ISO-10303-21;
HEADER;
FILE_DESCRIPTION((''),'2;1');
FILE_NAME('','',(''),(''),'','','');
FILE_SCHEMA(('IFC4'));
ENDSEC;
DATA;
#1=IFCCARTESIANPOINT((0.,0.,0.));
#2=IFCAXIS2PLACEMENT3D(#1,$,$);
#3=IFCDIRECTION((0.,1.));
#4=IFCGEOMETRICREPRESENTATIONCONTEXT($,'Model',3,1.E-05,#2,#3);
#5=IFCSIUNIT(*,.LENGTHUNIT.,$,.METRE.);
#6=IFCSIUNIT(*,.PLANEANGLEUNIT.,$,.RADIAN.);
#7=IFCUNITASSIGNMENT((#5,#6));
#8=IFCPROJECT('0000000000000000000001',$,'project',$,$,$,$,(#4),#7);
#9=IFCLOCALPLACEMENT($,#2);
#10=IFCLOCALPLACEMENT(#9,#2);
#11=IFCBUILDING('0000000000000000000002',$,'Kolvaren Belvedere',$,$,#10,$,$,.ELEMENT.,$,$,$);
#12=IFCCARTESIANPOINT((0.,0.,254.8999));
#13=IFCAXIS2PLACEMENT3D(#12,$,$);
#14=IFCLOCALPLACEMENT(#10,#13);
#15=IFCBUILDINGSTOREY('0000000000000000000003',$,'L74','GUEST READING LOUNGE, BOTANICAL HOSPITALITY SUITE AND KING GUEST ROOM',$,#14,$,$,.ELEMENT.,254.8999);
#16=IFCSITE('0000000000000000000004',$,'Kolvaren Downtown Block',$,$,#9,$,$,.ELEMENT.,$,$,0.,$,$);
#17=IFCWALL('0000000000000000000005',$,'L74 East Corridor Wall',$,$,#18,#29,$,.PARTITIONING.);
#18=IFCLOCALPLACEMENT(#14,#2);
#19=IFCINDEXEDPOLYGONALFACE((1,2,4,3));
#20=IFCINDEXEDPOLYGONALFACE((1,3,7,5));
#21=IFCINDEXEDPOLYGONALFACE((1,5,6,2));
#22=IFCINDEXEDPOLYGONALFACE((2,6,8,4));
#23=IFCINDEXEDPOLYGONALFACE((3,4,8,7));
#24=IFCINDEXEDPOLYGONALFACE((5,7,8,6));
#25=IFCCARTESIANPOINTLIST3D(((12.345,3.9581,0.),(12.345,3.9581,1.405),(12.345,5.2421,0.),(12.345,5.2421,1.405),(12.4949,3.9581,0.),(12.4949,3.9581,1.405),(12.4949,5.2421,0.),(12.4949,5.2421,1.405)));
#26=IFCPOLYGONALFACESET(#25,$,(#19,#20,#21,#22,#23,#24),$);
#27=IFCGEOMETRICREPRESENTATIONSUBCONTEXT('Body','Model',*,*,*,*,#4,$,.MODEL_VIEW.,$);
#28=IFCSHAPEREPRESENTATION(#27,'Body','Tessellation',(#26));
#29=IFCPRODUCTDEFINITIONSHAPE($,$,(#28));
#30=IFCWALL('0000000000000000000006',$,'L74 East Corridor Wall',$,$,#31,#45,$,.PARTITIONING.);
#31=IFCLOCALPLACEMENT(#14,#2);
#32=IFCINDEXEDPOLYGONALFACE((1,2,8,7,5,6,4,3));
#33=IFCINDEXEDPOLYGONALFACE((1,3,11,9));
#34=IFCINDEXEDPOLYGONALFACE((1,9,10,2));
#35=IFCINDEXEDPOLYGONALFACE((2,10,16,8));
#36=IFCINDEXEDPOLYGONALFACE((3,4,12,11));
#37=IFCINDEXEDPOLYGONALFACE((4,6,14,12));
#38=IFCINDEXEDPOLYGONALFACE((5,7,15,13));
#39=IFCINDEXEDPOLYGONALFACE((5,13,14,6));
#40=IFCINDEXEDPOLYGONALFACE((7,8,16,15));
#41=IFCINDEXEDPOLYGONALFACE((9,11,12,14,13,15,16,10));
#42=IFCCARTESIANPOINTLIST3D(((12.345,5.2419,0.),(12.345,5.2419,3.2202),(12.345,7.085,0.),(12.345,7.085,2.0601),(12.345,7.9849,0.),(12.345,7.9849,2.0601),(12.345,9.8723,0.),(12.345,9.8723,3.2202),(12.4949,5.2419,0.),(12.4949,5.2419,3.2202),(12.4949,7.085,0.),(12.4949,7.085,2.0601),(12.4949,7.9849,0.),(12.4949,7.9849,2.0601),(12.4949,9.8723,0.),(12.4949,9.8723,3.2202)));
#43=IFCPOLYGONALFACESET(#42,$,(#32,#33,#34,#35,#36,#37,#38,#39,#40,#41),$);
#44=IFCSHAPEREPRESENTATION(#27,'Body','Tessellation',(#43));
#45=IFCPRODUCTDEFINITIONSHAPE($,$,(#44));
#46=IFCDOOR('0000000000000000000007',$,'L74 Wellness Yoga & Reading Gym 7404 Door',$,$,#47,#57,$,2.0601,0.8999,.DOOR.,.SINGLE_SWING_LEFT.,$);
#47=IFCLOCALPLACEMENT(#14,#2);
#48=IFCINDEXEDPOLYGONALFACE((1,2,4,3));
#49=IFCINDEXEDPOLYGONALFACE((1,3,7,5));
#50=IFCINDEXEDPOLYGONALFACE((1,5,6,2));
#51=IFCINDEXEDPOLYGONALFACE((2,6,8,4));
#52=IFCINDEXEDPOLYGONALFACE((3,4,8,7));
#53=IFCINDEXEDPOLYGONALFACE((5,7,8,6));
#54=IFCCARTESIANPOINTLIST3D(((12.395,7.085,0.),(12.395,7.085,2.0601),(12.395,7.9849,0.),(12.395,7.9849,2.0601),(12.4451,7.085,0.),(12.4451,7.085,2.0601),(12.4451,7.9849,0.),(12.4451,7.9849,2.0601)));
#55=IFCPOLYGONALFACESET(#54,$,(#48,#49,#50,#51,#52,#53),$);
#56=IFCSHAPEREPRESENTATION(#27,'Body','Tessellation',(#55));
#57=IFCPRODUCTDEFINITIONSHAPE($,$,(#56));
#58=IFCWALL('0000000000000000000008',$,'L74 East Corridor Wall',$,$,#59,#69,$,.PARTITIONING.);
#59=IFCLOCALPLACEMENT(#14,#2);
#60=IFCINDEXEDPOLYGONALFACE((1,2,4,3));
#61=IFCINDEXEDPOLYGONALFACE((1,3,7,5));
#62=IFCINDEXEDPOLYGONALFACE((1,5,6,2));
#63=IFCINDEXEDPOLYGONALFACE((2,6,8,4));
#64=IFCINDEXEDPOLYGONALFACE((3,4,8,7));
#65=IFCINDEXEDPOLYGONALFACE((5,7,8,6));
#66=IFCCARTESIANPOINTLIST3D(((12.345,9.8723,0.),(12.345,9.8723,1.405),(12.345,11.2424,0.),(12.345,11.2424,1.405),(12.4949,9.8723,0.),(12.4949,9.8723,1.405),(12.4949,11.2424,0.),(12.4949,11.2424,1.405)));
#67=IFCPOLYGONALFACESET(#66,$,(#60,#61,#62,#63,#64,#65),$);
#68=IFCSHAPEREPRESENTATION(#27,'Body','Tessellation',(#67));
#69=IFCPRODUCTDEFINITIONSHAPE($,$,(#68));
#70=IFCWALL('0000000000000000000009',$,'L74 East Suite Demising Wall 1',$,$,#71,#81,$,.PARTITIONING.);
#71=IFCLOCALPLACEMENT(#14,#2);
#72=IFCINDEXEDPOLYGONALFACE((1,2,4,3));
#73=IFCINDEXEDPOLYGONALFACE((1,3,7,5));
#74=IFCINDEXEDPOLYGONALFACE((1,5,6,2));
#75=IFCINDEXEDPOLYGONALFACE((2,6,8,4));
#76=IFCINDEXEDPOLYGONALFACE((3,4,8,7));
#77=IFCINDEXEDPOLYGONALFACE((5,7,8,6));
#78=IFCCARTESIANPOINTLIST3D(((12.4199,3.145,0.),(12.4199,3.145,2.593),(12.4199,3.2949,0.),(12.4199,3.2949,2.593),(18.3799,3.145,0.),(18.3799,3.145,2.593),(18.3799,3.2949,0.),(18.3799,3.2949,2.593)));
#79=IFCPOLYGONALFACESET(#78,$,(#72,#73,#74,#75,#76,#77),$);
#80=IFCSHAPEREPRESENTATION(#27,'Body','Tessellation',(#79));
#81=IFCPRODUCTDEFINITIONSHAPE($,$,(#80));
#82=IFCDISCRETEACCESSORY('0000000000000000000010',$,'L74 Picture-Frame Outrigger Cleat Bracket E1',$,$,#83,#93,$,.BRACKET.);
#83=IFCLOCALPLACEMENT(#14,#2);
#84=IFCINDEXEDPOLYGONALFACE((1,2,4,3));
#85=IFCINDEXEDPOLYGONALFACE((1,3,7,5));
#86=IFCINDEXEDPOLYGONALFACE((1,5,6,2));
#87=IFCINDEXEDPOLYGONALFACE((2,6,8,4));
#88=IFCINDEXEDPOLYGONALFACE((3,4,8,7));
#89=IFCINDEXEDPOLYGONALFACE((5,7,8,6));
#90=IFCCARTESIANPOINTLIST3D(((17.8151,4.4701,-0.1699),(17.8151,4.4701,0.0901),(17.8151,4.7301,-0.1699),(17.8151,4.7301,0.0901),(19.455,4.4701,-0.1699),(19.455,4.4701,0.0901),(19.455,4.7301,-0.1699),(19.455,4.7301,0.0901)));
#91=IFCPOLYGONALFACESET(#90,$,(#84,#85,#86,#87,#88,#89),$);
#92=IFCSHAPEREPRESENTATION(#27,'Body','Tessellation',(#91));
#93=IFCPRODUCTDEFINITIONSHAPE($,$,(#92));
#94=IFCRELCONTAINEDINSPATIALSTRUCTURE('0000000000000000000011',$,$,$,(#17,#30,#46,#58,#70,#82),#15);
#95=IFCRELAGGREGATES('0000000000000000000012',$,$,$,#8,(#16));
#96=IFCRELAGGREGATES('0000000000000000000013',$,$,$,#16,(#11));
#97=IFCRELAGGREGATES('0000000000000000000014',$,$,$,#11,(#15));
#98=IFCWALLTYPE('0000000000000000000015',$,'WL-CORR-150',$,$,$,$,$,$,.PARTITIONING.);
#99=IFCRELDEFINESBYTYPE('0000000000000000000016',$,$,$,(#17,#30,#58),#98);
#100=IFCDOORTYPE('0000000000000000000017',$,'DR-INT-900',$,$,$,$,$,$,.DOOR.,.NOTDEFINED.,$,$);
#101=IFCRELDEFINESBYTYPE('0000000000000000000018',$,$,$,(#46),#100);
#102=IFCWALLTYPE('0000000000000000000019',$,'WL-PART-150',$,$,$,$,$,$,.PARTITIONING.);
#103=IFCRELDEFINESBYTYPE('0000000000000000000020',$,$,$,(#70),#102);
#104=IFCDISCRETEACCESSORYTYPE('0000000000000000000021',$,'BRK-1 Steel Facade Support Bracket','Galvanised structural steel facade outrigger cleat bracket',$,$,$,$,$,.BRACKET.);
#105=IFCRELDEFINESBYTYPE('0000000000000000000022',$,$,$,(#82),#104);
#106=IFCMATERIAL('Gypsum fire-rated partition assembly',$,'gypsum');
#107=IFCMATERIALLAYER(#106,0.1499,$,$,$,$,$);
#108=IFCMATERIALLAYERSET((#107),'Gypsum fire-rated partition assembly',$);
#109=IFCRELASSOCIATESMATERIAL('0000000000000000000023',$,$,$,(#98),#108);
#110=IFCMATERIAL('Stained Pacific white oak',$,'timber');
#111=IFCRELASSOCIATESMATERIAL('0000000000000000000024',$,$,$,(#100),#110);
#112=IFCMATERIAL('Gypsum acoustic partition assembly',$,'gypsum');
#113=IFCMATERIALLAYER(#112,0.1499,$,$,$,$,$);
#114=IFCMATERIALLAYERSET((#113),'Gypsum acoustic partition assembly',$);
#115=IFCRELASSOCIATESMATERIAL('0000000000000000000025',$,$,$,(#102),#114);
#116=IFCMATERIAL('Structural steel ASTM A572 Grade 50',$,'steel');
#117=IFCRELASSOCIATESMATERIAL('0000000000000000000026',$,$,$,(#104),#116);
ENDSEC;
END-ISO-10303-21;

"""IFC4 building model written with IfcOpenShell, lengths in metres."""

from ifc_helpers import new_model, si_unit, direction, frame, frame_2d, origin, origin_2d, place, context, subcontext, project, spatial, rectangle, extrude, material, layer, layer_set, type_object, element, fill, save


model = new_model("IFC4")

# Units and contexts
model_context = context("Model", 3, precision=1e-05, world=origin(), true_north=direction((0.0, 1.0)))
body_context = subcontext(model_context, "Body", "Model", "MODEL_VIEW")
ifc_project = project(units=[si_unit("LENGTHUNIT", "METRE"), si_unit("PLANEANGLEUNIT", "RADIAN")], contexts=[model_context])

# Site, building, storey
site_placement = place(None, origin())
site = spatial("IfcSite", under=ifc_project, at=site_placement, Name="Kolvaren Downtown Block", CompositionType="ELEMENT", RefElevation=0.0)
building_placement = place(site_placement, origin())
building = spatial("IfcBuilding", under=site, at=building_placement, Name="Kolvaren Belvedere", CompositionType="ELEMENT")
storey_placement = place(building_placement, frame((0.0, 0.0, 254.8999)))
storey = spatial("IfcBuildingStorey", under=building, at=storey_placement, Name="L74", Description="GUEST READING LOUNGE, BOTANICAL HOSPITALITY SUITE AND KING GUEST ROOM", CompositionType="ELEMENT", Elevation=254.8999)

# Wall
ifc_material_1 = material(Name="Gypsum fire-rated partition assembly", Category="gypsum")
ifc_layer_1 = layer(ifc_material_1, 0.1499)
ifc_layer_set_1 = layer_set([ifc_layer_1], Name="Gypsum fire-rated partition assembly")
wall_type_1 = type_object("IfcWallType", Name="WL-CORR-150", PredefinedType="PARTITIONING", material=ifc_layer_set_1)
wall_1_placement = place(storey_placement, frame((12.4199, 3.958, 0.0), z_axis=(0.0, 0.0, 1.0), x_axis=(0.0, 1.0, 0.0)))
element("IfcWall", 1, at=wall_1_placement, inside=storey, type_object=wall_type_1, Name="L74 East Corridor Wall", PredefinedType="PARTITIONING", context=body_context, shape_type="SweptSolid", body=[
    extrude(rectangle(XDim=1.2839, YDim=0.1499, at=frame_2d((0.6421, 0.0))), origin(), (0.0, 0.0, 1.0), 1.405),
])

# Wall, opening, door
wall_2_placement = place(storey_placement, frame((12.4199, 5.2419, 0.0), z_axis=(0.0, 0.0, 1.0), x_axis=(0.0, 1.0, 0.0)))
wall_2 = element("IfcWall", 2, at=wall_2_placement, inside=storey, type_object=wall_type_1, Name="L74 East Corridor Wall", PredefinedType="PARTITIONING", context=body_context, shape_type="SweptSolid", body=[
    extrude(rectangle(XDim=4.6304, YDim=0.1499, at=frame_2d((2.3152, 0.0))), origin(), (0.0, 0.0, 1.0), 3.2202),
])
opening_placement = place(wall_2_placement, frame((1.843, 0.0, 0.0)))
opening = element("IfcOpeningElement", 3, at=opening_placement, cuts=wall_2, PredefinedType="OPENING", context=body_context, shape_type="SweptSolid", body=[
    extrude(rectangle(XDim=0.8999, YDim=2.0601, at=frame_2d((0.45, 1.03))), frame((0.0, 0.085, 0.0), z_axis=(0.0, -1.0, 0.0), x_axis=(1.0, 0.0, 0.0)), (0.0, 0.0, 1.0), 0.1699),
])
ifc_material_2 = material(Name="Stained Pacific white oak", Category="timber")
door_type = type_object("IfcDoorType", Name="DR-INT-900", OperationType="NOTDEFINED", PredefinedType="DOOR", material=ifc_material_2)
door_placement = place(opening_placement, origin())
door = element("IfcDoor", 4, at=door_placement, inside=storey, type_object=door_type, Name="L74 Wellness Yoga & Reading Gym 7404 Door", OperationType="SINGLE_SWING_LEFT", OverallHeight=2.0601, OverallWidth=0.8999, PredefinedType="DOOR", context=body_context, shape_type="SweptSolid", body=[
    extrude(rectangle(XDim=0.8999, YDim=2.0601, at=frame_2d((0.45, 1.03))), frame((0.0, 0.0249, 0.0), z_axis=(0.0, -1.0, 0.0), x_axis=(1.0, 0.0, 0.0)), (0.0, 0.0, 1.0), 0.05),
])
fill(opening, door)

# Walls
wall_3_placement = place(storey_placement, frame((12.4199, 9.8723, 0.0), z_axis=(0.0, 0.0, 1.0), x_axis=(0.0, 1.0, 0.0)))
element("IfcWall", 5, at=wall_3_placement, inside=storey, type_object=wall_type_1, Name="L74 East Corridor Wall", PredefinedType="PARTITIONING", context=body_context, shape_type="SweptSolid", body=[
    extrude(rectangle(XDim=1.3701, YDim=0.1499, at=frame_2d((0.6851, 0.0))), origin(), (0.0, 0.0, 1.0), 1.405),
])
ifc_material_3 = material(Name="Gypsum acoustic partition assembly", Category="gypsum")
ifc_layer_2 = layer(ifc_material_3, 0.1499)
ifc_layer_set_2 = layer_set([ifc_layer_2], Name="Gypsum acoustic partition assembly")
wall_type_2 = type_object("IfcWallType", Name="WL-PART-150", PredefinedType="PARTITIONING", material=ifc_layer_set_2)
wall_4_placement = place(storey_placement, frame((12.4199, 3.22, 0.0), z_axis=(0.0, 0.0, 1.0), x_axis=(1.0, 0.0, 0.0)))
element("IfcWall", 6, at=wall_4_placement, inside=storey, type_object=wall_type_2, Name="L74 East Suite Demising Wall 1", PredefinedType="PARTITIONING", context=body_context, shape_type="SweptSolid", body=[
    extrude(rectangle(XDim=5.96, YDim=0.1499, at=frame_2d((2.98, 0.0))), origin(), (0.0, 0.0, 1.0), 2.593),
])

# Discrete accessory
ifc_material_4 = material(Name="Structural steel ASTM A572 Grade 50", Category="steel")
discrete_accessory_type = type_object("IfcDiscreteAccessoryType", Name="BRK-1 Steel Facade Support Bracket", Description="Galvanised structural steel facade outrigger cleat bracket", PredefinedType="BRACKET", material=ifc_material_4)
discrete_accessory_placement = place(storey_placement, frame((18.635, 4.6001, -0.1699), z_axis=(0.0, 0.0, 1.0), x_axis=(1.0, 0.0, 0.0)))
element("IfcDiscreteAccessory", 7, at=discrete_accessory_placement, inside=storey, type_object=discrete_accessory_type, Name="L74 Picture-Frame Outrigger Cleat Bracket E1", PredefinedType="BRACKET", context=body_context, shape_type="SweptSolid", body=[
    extrude(rectangle(XDim=1.6399, YDim=0.26, at=origin_2d()), origin(), (0.0, 0.0, 1.0), 0.26),
])

save(model, "model.ifc")
